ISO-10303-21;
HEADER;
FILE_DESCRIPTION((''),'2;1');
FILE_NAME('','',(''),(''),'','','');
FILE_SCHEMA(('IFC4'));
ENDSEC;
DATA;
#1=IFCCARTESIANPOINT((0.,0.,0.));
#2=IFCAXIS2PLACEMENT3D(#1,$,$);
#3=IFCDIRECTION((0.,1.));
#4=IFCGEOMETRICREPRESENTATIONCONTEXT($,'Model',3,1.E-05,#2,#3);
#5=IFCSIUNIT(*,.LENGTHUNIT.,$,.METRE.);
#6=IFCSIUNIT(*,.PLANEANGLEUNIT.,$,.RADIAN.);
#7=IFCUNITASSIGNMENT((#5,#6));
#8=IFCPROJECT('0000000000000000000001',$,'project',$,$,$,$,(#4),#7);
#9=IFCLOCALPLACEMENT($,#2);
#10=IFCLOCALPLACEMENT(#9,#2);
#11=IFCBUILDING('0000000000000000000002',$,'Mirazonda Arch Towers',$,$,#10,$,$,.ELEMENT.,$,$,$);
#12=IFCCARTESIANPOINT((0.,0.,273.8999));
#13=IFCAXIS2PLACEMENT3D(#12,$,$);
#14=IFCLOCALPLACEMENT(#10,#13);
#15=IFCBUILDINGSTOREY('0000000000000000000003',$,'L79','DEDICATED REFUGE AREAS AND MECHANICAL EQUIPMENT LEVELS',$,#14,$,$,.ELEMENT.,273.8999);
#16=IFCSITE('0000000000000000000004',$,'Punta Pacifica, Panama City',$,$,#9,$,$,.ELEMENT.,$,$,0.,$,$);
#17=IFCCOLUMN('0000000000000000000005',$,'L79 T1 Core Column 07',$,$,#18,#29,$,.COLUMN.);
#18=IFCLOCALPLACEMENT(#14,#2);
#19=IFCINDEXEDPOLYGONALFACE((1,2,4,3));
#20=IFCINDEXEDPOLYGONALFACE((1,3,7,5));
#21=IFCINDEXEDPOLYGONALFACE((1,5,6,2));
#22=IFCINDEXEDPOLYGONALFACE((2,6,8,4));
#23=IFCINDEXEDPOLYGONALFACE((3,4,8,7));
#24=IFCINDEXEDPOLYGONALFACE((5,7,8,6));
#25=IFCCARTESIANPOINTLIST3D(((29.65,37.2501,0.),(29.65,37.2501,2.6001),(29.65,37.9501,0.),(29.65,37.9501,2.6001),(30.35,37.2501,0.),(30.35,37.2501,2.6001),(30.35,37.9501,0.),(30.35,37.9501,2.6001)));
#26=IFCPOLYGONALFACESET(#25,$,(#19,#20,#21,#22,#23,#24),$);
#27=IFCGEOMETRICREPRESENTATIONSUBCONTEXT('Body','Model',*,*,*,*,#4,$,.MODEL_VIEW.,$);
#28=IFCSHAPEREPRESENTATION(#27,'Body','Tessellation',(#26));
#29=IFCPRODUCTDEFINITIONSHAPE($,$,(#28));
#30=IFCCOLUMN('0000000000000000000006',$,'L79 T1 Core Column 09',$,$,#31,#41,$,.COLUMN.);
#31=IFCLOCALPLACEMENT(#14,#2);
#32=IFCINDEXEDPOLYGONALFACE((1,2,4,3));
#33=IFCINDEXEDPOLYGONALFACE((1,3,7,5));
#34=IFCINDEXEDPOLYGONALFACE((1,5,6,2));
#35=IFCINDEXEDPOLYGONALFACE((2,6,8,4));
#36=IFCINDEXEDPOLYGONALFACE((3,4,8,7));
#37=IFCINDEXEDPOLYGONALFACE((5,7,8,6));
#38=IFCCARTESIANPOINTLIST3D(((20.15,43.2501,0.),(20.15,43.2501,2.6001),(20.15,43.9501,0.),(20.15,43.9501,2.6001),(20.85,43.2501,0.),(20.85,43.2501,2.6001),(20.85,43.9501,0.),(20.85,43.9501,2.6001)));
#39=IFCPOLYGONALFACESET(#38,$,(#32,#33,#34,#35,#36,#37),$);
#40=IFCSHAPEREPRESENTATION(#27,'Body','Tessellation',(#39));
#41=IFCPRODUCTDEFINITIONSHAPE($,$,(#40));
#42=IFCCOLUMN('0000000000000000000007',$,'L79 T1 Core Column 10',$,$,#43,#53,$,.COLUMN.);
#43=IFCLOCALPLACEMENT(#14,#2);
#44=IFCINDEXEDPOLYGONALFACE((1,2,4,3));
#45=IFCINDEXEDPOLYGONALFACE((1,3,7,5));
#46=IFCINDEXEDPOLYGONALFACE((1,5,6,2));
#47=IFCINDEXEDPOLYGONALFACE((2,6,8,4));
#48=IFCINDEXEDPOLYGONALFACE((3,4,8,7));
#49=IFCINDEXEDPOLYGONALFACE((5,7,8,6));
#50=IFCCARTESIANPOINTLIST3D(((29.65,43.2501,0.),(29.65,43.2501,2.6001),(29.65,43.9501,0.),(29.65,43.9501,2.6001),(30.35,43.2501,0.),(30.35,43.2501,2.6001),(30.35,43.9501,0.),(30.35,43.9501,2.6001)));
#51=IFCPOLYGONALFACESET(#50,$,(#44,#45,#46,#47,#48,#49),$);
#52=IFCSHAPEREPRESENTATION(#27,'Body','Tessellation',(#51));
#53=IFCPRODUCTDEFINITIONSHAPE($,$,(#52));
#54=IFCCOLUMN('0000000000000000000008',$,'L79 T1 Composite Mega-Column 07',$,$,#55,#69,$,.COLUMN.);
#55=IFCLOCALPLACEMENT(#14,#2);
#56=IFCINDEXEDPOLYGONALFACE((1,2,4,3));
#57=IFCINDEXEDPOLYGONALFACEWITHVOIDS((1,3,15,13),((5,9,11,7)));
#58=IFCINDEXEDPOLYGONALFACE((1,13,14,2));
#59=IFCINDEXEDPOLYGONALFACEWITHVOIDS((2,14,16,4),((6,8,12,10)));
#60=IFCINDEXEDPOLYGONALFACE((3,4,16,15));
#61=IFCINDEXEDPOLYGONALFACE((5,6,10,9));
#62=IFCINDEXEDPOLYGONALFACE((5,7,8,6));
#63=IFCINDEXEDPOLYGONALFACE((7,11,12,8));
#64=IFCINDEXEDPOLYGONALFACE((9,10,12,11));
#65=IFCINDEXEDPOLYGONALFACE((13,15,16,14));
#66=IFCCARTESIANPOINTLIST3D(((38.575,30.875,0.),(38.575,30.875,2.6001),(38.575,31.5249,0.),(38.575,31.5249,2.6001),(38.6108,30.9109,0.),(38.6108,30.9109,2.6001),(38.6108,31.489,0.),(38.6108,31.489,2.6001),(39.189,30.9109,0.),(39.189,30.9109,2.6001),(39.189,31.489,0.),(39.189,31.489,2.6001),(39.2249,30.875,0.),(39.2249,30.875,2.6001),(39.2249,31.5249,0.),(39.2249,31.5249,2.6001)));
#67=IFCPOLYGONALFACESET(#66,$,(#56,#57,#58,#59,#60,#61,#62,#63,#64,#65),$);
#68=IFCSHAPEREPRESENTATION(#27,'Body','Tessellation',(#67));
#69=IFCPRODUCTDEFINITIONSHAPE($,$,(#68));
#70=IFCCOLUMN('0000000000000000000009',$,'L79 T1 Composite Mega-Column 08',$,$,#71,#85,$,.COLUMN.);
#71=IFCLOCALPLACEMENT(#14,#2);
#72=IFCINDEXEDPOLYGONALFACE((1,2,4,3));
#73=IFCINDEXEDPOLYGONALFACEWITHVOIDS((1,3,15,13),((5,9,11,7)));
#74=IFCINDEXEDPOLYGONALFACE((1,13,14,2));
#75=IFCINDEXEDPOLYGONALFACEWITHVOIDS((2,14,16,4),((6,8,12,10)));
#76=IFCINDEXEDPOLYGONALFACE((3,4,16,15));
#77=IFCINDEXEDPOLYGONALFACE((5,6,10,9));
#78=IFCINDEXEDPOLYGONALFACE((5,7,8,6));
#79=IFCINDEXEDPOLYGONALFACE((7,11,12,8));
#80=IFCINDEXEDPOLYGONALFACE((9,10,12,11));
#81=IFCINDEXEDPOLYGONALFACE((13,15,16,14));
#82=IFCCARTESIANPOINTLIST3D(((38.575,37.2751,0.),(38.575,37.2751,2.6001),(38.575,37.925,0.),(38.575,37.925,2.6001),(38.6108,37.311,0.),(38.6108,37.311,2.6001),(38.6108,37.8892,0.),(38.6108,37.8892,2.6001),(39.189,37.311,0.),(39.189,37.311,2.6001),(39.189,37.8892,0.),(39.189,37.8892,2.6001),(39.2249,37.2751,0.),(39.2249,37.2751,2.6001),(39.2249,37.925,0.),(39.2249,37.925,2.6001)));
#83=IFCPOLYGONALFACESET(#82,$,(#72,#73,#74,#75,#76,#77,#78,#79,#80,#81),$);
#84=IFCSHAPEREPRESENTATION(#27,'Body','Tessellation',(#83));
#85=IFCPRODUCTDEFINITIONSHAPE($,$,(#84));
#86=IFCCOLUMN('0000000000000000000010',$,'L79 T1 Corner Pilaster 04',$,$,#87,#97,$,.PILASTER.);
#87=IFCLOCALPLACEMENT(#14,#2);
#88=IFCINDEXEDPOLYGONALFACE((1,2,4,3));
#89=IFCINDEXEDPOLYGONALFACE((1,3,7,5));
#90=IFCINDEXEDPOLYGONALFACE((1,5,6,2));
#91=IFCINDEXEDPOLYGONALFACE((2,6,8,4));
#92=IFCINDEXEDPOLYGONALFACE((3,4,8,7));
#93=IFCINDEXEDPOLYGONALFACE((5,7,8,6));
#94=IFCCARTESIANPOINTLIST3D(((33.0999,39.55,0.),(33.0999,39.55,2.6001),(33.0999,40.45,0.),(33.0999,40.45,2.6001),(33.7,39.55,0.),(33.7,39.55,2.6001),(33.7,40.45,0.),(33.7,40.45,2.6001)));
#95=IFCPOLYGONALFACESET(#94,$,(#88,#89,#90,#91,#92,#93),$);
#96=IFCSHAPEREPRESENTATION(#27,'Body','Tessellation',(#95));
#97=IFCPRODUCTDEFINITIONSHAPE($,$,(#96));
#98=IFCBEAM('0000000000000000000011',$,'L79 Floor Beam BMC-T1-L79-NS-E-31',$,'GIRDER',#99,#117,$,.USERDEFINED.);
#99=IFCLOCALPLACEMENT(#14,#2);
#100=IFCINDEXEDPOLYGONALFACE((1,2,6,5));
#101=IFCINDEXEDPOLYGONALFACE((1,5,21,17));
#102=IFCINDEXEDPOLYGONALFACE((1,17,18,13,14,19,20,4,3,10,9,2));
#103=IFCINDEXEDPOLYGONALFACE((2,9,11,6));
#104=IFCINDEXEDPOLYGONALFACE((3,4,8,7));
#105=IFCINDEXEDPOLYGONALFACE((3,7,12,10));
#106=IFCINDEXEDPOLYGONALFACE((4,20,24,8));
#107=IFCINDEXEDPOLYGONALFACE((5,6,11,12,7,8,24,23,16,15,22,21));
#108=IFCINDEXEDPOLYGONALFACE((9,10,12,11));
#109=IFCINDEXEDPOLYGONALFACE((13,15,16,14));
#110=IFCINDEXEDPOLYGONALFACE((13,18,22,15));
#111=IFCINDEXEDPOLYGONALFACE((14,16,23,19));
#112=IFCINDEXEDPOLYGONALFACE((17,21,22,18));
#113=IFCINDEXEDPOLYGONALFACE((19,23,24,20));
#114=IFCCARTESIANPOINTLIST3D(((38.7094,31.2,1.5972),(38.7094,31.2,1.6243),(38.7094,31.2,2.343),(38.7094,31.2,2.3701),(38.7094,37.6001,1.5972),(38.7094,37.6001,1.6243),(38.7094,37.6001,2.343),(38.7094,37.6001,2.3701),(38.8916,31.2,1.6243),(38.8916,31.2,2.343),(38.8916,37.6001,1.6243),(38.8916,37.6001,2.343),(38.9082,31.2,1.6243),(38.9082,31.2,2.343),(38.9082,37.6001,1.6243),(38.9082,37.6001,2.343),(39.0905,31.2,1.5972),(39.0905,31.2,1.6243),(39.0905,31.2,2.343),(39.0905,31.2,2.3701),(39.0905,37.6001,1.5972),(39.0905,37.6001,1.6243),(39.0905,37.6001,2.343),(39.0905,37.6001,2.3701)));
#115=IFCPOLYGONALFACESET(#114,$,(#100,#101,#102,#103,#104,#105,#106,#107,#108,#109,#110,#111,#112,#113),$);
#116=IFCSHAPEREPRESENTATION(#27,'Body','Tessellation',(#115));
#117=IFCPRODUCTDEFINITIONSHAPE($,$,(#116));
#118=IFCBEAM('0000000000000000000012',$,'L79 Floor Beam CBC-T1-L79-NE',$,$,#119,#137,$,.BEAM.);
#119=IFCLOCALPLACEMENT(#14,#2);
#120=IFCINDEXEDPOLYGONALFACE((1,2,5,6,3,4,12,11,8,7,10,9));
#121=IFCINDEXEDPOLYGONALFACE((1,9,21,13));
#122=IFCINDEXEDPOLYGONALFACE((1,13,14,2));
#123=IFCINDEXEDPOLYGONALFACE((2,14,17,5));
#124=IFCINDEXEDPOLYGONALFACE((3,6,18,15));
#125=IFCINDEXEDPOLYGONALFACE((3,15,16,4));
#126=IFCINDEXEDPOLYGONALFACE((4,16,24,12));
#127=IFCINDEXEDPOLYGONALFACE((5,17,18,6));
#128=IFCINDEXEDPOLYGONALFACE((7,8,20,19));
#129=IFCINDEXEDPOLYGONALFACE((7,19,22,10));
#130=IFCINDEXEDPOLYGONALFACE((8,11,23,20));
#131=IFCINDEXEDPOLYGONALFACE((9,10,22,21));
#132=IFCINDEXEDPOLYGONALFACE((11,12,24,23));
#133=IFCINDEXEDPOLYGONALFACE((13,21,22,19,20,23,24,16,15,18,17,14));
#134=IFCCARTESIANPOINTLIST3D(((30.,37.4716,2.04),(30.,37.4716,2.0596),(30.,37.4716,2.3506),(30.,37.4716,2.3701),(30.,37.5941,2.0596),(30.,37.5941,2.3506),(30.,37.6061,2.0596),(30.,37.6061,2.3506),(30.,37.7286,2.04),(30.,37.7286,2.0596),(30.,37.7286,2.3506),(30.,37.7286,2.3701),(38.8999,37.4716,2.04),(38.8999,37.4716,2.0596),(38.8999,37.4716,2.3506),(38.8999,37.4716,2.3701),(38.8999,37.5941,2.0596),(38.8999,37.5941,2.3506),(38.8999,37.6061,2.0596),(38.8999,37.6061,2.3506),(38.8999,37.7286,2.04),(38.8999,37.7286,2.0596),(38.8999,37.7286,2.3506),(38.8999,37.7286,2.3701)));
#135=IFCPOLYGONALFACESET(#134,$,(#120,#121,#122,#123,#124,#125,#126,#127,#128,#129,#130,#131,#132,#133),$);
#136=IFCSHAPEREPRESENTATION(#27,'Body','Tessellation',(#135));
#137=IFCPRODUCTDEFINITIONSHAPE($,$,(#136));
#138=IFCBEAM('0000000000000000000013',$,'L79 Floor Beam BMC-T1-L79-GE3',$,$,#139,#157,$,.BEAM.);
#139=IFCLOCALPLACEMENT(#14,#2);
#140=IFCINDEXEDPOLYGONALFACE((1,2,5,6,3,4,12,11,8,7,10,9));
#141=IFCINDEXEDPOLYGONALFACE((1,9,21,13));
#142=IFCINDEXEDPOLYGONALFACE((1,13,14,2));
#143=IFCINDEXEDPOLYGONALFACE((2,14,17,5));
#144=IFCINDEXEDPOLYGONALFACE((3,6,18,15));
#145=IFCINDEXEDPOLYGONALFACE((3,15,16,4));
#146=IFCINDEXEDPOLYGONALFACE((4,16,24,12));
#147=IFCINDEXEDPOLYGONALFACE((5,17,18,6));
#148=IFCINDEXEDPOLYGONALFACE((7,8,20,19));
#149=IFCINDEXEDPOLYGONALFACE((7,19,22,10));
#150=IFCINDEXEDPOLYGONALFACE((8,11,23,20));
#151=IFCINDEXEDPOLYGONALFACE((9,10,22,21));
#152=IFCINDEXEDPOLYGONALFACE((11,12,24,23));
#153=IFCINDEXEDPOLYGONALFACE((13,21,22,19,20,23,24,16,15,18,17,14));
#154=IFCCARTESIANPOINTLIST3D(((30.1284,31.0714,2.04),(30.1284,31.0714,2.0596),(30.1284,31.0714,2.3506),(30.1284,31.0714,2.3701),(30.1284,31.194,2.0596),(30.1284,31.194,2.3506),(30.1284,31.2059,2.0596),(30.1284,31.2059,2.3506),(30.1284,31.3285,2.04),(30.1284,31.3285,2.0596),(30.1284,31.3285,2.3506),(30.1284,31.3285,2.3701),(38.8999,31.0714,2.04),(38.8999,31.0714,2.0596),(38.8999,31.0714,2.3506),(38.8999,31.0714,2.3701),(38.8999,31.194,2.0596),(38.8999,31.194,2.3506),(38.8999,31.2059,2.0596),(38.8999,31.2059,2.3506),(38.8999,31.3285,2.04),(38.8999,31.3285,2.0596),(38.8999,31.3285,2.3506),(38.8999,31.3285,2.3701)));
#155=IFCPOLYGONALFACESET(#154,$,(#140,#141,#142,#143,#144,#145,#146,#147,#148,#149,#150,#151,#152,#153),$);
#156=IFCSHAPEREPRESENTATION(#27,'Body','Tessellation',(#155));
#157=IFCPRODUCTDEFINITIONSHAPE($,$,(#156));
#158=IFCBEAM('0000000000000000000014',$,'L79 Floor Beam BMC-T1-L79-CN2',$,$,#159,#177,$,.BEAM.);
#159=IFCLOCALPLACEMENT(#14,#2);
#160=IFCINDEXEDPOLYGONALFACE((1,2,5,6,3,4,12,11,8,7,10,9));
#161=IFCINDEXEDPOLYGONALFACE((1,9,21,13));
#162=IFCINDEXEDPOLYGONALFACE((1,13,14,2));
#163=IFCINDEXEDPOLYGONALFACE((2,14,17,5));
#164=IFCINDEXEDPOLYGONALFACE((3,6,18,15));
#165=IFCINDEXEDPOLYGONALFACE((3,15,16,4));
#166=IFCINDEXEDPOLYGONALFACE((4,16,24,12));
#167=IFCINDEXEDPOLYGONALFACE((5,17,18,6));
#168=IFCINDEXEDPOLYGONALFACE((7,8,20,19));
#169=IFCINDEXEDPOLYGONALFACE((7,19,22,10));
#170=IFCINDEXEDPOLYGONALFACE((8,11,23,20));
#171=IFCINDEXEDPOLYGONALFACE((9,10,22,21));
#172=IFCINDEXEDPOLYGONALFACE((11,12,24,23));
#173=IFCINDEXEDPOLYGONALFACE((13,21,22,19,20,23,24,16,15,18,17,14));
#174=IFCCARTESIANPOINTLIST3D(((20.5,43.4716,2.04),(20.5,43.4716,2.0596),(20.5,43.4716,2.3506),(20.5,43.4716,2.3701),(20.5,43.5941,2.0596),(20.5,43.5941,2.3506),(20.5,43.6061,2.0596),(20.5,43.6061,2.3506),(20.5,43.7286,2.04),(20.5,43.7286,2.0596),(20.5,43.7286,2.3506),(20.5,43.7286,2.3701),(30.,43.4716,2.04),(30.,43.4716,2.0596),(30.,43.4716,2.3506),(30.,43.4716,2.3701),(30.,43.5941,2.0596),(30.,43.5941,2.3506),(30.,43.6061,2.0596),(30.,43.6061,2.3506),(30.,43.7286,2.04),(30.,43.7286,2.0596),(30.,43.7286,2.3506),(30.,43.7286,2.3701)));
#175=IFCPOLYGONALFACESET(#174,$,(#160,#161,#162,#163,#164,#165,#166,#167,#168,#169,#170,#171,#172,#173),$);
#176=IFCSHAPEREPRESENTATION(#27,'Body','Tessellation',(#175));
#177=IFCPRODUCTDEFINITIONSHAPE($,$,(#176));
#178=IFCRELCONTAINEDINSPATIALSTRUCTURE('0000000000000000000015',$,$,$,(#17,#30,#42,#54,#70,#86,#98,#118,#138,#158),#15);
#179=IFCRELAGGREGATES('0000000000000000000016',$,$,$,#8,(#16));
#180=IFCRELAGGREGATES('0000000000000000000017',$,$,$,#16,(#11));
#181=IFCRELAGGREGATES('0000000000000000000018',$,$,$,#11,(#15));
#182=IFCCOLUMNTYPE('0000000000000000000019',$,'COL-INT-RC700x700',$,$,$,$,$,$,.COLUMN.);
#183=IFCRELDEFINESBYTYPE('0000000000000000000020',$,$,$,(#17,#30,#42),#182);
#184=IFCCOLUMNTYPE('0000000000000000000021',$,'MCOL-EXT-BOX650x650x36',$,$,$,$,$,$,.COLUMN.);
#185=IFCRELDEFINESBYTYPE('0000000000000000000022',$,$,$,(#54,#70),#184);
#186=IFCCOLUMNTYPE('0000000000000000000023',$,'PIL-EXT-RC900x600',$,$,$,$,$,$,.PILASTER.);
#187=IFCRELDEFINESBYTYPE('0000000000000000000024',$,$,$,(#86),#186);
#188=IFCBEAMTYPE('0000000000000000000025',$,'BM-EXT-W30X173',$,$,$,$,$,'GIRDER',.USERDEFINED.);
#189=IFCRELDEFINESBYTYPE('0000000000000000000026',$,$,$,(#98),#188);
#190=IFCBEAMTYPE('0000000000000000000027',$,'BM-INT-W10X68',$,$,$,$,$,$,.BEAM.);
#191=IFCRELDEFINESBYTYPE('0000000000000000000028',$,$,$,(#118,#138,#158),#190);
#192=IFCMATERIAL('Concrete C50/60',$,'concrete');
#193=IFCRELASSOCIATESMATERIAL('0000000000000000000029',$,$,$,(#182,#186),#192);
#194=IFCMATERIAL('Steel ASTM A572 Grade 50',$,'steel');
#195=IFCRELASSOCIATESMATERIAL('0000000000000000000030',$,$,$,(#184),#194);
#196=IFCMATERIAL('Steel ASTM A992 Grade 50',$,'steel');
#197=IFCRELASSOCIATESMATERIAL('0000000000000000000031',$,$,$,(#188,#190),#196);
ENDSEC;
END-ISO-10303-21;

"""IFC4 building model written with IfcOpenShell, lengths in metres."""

from ifc_helpers import new_model, si_unit, direction, frame, origin, origin_2d, place, context, subcontext, project, spatial, rectangle, hollow_rectangle, i_section, extrude, material, material_profile, profile_set, type_object, element, save


model = new_model("IFC4")

# Units and contexts
model_context = context("Model", 3, precision=1e-05, world=origin(), true_north=direction((0.0, 1.0)))
body_context = subcontext(model_context, "Body", "Model", "MODEL_VIEW")
ifc_project = project(units=[si_unit("LENGTHUNIT", "METRE"), si_unit("PLANEANGLEUNIT", "RADIAN")], contexts=[model_context])

# Site, building, storey
site_placement = place(None, origin())
site = spatial("IfcSite", under=ifc_project, at=site_placement, Name="Punta Pacifica, Panama City", CompositionType="ELEMENT", RefElevation=0.0)
building_placement = place(site_placement, origin())
building = spatial("IfcBuilding", under=site, at=building_placement, Name="Mirazonda Arch Towers", CompositionType="ELEMENT")
storey_placement = place(building_placement, frame((0.0, 0.0, 273.8999)))
storey = spatial("IfcBuildingStorey", under=building, at=storey_placement, Name="L79", Description="DEDICATED REFUGE AREAS AND MECHANICAL EQUIPMENT LEVELS", CompositionType="ELEMENT", Elevation=273.8999)

# Columns
ifc_material_1 = material(Name="Concrete C50/60", Category="concrete")
ifc_material_profile_1 = material_profile(ifc_material_1, rectangle(XDim=0.7, YDim=0.7, at=origin_2d()), Name="RC700x700")
ifc_profile_set_1 = profile_set([ifc_material_profile_1], Name="Concrete C50/60")
column_type_1 = type_object("IfcColumnType", Name="COL-INT-RC700x700", PredefinedType="COLUMN", material=ifc_profile_set_1)
for number, where, z_axis, x_axis, name in (
    (1, (30.0, 37.6001, 0.0), (0.0, 0.0, 1.0), (1.0, 0.0, 0.0), "L79 T1 Core Column 07"),
    (2, (20.5, 43.6001, 0.0), (0.0, 0.0, 1.0), (1.0, 0.0, 0.0), "L79 T1 Core Column 09"),
    (3, (30.0, 43.6001, 0.0), (0.0, 0.0, 1.0), (1.0, 0.0, 0.0), "L79 T1 Core Column 10"),
):
    element("IfcColumn", number, at=place(storey_placement, frame(where, z_axis=z_axis, x_axis=x_axis)), inside=storey, type_object=column_type_1, Name=name, PredefinedType="COLUMN", context=body_context, shape_type="SweptSolid", body=[
        extrude(rectangle(XDim=0.7, YDim=0.7, at=origin_2d()), origin(), (0.0, 0.0, 1.0), 2.6001),
    ])
ifc_material_2 = material(Name="Steel ASTM A572 Grade 50", Category="steel")
ifc_material_profile_2 = material_profile(ifc_material_2, hollow_rectangle(XDim=0.6499, YDim=0.6499, WallThickness=0.0359, at=origin_2d()), Name="BOX650x650x36")
ifc_profile_set_2 = profile_set([ifc_material_profile_2], Name="Steel ASTM A572 Grade 50")
column_type_2 = type_object("IfcColumnType", Name="MCOL-EXT-BOX650x650x36", PredefinedType="COLUMN", material=ifc_profile_set_2)
for number, where, z_axis, x_axis, name in (
    (4, (38.8999, 31.2, 0.0), (0.0, 0.0, 1.0), (1.0, 0.0, 0.0), "L79 T1 Composite Mega-Column 07"),
    (5, (38.8999, 37.6001, 0.0), (0.0, 0.0, 1.0), (1.0, 0.0, 0.0), "L79 T1 Composite Mega-Column 08"),
):
    element("IfcColumn", number, at=place(storey_placement, frame(where, z_axis=z_axis, x_axis=x_axis)), inside=storey, type_object=column_type_2, Name=name, PredefinedType="COLUMN", context=body_context, shape_type="SweptSolid", body=[
        extrude(hollow_rectangle(XDim=0.6499, YDim=0.6499, WallThickness=0.0359, at=origin_2d()), origin(), (0.0, 0.0, 1.0), 2.6001),
    ])
ifc_material_profile_3 = material_profile(ifc_material_1, rectangle(XDim=0.6001, YDim=0.8999, at=origin_2d()), Name="RC900x600")
ifc_profile_set_3 = profile_set([ifc_material_profile_3], Name="Concrete C50/60")
column_type_3 = type_object("IfcColumnType", Name="PIL-EXT-RC900x600", PredefinedType="PILASTER", material=ifc_profile_set_3)
column_placement = place(storey_placement, frame((33.3999, 40.0, 0.0), z_axis=(0.0, 0.0, 1.0), x_axis=(1.0, 0.0, 0.0)))
element("IfcColumn", 6, at=column_placement, inside=storey, type_object=column_type_3, Name="L79 T1 Corner Pilaster 04", PredefinedType="PILASTER", context=body_context, shape_type="SweptSolid", body=[
    extrude(rectangle(XDim=0.6001, YDim=0.8999, at=origin_2d()), origin(), (0.0, 0.0, 1.0), 2.6001),
])

# Beams
ifc_material_3 = material(Name="Steel ASTM A992 Grade 50", Category="steel")
ifc_material_profile_4 = material_profile(ifc_material_3, i_section(OverallWidth=0.3811, OverallDepth=0.7729, WebThickness=0.0166, FlangeThickness=0.0271, at=origin_2d()), Name="W30X173")
ifc_profile_set_4 = profile_set([ifc_material_profile_4], Name="Steel ASTM A992 Grade 50")
beam_type_1 = type_object("IfcBeamType", Name="BM-EXT-W30X173", ElementType="GIRDER", PredefinedType="USERDEFINED", material=ifc_profile_set_4)
beam_1_placement = place(storey_placement, frame((38.8999, 31.2, 1.9836), z_axis=(0.0, 1.0, 0.0), x_axis=(-1.0, 0.0, 0.0)))
element("IfcBeam", 7, at=beam_1_placement, inside=storey, type_object=beam_type_1, Name="L79 Floor Beam BMC-T1-L79-NS-E-31", ObjectType="GIRDER", PredefinedType="USERDEFINED", context=body_context, shape_type="SweptSolid", body=[
    extrude(i_section(OverallWidth=0.3811, OverallDepth=0.7729, WebThickness=0.0166, FlangeThickness=0.0271, at=origin_2d()), origin(), (0.0, 0.0, 1.0), 6.4001),
])
ifc_material_profile_5 = material_profile(ifc_material_3, i_section(OverallWidth=0.2571, OverallDepth=0.3301, WebThickness=0.012, FlangeThickness=0.0195, at=origin_2d()), Name="W10X68")
ifc_profile_set_5 = profile_set([ifc_material_profile_5], Name="Steel ASTM A992 Grade 50")
beam_type_2 = type_object("IfcBeamType", Name="BM-INT-W10X68", PredefinedType="BEAM", material=ifc_profile_set_5)
beam_2_placement = place(storey_placement, frame((30.0, 37.6001, 2.2051), z_axis=(1.0, 0.0, 0.0), x_axis=(0.0, 1.0, 0.0)))
element("IfcBeam", 8, at=beam_2_placement, inside=storey, type_object=beam_type_2, Name="L79 Floor Beam CBC-T1-L79-NE", PredefinedType="BEAM", context=body_context, shape_type="SweptSolid", body=[
    extrude(i_section(OverallWidth=0.2571, OverallDepth=0.3301, WebThickness=0.012, FlangeThickness=0.0195, at=origin_2d()), origin(), (0.0, 0.0, 1.0), 8.8999),
])
beam_3_placement = place(storey_placement, frame((30.1284, 31.2, 2.2051), z_axis=(1.0, 0.0, 0.0), x_axis=(0.0, 1.0, 0.0)))
element("IfcBeam", 9, at=beam_3_placement, inside=storey, type_object=beam_type_2, Name="L79 Floor Beam BMC-T1-L79-GE3", PredefinedType="BEAM", context=body_context, shape_type="SweptSolid", body=[
    extrude(i_section(OverallWidth=0.2571, OverallDepth=0.3301, WebThickness=0.012, FlangeThickness=0.0195, at=origin_2d()), origin(), (0.0, 0.0, 1.0), 8.7715),
])
beam_4_placement = place(storey_placement, frame((20.5, 43.6001, 2.2051), z_axis=(1.0, 0.0, 0.0), x_axis=(0.0, 1.0, 0.0)))
element("IfcBeam", 10, at=beam_4_placement, inside=storey, type_object=beam_type_2, Name="L79 Floor Beam BMC-T1-L79-CN2", PredefinedType="BEAM", context=body_context, shape_type="SweptSolid", body=[
    extrude(i_section(OverallWidth=0.2571, OverallDepth=0.3301, WebThickness=0.012, FlangeThickness=0.0195, at=origin_2d()), origin(), (0.0, 0.0, 1.0), 9.5),
])

save(model, "model.ifc")
